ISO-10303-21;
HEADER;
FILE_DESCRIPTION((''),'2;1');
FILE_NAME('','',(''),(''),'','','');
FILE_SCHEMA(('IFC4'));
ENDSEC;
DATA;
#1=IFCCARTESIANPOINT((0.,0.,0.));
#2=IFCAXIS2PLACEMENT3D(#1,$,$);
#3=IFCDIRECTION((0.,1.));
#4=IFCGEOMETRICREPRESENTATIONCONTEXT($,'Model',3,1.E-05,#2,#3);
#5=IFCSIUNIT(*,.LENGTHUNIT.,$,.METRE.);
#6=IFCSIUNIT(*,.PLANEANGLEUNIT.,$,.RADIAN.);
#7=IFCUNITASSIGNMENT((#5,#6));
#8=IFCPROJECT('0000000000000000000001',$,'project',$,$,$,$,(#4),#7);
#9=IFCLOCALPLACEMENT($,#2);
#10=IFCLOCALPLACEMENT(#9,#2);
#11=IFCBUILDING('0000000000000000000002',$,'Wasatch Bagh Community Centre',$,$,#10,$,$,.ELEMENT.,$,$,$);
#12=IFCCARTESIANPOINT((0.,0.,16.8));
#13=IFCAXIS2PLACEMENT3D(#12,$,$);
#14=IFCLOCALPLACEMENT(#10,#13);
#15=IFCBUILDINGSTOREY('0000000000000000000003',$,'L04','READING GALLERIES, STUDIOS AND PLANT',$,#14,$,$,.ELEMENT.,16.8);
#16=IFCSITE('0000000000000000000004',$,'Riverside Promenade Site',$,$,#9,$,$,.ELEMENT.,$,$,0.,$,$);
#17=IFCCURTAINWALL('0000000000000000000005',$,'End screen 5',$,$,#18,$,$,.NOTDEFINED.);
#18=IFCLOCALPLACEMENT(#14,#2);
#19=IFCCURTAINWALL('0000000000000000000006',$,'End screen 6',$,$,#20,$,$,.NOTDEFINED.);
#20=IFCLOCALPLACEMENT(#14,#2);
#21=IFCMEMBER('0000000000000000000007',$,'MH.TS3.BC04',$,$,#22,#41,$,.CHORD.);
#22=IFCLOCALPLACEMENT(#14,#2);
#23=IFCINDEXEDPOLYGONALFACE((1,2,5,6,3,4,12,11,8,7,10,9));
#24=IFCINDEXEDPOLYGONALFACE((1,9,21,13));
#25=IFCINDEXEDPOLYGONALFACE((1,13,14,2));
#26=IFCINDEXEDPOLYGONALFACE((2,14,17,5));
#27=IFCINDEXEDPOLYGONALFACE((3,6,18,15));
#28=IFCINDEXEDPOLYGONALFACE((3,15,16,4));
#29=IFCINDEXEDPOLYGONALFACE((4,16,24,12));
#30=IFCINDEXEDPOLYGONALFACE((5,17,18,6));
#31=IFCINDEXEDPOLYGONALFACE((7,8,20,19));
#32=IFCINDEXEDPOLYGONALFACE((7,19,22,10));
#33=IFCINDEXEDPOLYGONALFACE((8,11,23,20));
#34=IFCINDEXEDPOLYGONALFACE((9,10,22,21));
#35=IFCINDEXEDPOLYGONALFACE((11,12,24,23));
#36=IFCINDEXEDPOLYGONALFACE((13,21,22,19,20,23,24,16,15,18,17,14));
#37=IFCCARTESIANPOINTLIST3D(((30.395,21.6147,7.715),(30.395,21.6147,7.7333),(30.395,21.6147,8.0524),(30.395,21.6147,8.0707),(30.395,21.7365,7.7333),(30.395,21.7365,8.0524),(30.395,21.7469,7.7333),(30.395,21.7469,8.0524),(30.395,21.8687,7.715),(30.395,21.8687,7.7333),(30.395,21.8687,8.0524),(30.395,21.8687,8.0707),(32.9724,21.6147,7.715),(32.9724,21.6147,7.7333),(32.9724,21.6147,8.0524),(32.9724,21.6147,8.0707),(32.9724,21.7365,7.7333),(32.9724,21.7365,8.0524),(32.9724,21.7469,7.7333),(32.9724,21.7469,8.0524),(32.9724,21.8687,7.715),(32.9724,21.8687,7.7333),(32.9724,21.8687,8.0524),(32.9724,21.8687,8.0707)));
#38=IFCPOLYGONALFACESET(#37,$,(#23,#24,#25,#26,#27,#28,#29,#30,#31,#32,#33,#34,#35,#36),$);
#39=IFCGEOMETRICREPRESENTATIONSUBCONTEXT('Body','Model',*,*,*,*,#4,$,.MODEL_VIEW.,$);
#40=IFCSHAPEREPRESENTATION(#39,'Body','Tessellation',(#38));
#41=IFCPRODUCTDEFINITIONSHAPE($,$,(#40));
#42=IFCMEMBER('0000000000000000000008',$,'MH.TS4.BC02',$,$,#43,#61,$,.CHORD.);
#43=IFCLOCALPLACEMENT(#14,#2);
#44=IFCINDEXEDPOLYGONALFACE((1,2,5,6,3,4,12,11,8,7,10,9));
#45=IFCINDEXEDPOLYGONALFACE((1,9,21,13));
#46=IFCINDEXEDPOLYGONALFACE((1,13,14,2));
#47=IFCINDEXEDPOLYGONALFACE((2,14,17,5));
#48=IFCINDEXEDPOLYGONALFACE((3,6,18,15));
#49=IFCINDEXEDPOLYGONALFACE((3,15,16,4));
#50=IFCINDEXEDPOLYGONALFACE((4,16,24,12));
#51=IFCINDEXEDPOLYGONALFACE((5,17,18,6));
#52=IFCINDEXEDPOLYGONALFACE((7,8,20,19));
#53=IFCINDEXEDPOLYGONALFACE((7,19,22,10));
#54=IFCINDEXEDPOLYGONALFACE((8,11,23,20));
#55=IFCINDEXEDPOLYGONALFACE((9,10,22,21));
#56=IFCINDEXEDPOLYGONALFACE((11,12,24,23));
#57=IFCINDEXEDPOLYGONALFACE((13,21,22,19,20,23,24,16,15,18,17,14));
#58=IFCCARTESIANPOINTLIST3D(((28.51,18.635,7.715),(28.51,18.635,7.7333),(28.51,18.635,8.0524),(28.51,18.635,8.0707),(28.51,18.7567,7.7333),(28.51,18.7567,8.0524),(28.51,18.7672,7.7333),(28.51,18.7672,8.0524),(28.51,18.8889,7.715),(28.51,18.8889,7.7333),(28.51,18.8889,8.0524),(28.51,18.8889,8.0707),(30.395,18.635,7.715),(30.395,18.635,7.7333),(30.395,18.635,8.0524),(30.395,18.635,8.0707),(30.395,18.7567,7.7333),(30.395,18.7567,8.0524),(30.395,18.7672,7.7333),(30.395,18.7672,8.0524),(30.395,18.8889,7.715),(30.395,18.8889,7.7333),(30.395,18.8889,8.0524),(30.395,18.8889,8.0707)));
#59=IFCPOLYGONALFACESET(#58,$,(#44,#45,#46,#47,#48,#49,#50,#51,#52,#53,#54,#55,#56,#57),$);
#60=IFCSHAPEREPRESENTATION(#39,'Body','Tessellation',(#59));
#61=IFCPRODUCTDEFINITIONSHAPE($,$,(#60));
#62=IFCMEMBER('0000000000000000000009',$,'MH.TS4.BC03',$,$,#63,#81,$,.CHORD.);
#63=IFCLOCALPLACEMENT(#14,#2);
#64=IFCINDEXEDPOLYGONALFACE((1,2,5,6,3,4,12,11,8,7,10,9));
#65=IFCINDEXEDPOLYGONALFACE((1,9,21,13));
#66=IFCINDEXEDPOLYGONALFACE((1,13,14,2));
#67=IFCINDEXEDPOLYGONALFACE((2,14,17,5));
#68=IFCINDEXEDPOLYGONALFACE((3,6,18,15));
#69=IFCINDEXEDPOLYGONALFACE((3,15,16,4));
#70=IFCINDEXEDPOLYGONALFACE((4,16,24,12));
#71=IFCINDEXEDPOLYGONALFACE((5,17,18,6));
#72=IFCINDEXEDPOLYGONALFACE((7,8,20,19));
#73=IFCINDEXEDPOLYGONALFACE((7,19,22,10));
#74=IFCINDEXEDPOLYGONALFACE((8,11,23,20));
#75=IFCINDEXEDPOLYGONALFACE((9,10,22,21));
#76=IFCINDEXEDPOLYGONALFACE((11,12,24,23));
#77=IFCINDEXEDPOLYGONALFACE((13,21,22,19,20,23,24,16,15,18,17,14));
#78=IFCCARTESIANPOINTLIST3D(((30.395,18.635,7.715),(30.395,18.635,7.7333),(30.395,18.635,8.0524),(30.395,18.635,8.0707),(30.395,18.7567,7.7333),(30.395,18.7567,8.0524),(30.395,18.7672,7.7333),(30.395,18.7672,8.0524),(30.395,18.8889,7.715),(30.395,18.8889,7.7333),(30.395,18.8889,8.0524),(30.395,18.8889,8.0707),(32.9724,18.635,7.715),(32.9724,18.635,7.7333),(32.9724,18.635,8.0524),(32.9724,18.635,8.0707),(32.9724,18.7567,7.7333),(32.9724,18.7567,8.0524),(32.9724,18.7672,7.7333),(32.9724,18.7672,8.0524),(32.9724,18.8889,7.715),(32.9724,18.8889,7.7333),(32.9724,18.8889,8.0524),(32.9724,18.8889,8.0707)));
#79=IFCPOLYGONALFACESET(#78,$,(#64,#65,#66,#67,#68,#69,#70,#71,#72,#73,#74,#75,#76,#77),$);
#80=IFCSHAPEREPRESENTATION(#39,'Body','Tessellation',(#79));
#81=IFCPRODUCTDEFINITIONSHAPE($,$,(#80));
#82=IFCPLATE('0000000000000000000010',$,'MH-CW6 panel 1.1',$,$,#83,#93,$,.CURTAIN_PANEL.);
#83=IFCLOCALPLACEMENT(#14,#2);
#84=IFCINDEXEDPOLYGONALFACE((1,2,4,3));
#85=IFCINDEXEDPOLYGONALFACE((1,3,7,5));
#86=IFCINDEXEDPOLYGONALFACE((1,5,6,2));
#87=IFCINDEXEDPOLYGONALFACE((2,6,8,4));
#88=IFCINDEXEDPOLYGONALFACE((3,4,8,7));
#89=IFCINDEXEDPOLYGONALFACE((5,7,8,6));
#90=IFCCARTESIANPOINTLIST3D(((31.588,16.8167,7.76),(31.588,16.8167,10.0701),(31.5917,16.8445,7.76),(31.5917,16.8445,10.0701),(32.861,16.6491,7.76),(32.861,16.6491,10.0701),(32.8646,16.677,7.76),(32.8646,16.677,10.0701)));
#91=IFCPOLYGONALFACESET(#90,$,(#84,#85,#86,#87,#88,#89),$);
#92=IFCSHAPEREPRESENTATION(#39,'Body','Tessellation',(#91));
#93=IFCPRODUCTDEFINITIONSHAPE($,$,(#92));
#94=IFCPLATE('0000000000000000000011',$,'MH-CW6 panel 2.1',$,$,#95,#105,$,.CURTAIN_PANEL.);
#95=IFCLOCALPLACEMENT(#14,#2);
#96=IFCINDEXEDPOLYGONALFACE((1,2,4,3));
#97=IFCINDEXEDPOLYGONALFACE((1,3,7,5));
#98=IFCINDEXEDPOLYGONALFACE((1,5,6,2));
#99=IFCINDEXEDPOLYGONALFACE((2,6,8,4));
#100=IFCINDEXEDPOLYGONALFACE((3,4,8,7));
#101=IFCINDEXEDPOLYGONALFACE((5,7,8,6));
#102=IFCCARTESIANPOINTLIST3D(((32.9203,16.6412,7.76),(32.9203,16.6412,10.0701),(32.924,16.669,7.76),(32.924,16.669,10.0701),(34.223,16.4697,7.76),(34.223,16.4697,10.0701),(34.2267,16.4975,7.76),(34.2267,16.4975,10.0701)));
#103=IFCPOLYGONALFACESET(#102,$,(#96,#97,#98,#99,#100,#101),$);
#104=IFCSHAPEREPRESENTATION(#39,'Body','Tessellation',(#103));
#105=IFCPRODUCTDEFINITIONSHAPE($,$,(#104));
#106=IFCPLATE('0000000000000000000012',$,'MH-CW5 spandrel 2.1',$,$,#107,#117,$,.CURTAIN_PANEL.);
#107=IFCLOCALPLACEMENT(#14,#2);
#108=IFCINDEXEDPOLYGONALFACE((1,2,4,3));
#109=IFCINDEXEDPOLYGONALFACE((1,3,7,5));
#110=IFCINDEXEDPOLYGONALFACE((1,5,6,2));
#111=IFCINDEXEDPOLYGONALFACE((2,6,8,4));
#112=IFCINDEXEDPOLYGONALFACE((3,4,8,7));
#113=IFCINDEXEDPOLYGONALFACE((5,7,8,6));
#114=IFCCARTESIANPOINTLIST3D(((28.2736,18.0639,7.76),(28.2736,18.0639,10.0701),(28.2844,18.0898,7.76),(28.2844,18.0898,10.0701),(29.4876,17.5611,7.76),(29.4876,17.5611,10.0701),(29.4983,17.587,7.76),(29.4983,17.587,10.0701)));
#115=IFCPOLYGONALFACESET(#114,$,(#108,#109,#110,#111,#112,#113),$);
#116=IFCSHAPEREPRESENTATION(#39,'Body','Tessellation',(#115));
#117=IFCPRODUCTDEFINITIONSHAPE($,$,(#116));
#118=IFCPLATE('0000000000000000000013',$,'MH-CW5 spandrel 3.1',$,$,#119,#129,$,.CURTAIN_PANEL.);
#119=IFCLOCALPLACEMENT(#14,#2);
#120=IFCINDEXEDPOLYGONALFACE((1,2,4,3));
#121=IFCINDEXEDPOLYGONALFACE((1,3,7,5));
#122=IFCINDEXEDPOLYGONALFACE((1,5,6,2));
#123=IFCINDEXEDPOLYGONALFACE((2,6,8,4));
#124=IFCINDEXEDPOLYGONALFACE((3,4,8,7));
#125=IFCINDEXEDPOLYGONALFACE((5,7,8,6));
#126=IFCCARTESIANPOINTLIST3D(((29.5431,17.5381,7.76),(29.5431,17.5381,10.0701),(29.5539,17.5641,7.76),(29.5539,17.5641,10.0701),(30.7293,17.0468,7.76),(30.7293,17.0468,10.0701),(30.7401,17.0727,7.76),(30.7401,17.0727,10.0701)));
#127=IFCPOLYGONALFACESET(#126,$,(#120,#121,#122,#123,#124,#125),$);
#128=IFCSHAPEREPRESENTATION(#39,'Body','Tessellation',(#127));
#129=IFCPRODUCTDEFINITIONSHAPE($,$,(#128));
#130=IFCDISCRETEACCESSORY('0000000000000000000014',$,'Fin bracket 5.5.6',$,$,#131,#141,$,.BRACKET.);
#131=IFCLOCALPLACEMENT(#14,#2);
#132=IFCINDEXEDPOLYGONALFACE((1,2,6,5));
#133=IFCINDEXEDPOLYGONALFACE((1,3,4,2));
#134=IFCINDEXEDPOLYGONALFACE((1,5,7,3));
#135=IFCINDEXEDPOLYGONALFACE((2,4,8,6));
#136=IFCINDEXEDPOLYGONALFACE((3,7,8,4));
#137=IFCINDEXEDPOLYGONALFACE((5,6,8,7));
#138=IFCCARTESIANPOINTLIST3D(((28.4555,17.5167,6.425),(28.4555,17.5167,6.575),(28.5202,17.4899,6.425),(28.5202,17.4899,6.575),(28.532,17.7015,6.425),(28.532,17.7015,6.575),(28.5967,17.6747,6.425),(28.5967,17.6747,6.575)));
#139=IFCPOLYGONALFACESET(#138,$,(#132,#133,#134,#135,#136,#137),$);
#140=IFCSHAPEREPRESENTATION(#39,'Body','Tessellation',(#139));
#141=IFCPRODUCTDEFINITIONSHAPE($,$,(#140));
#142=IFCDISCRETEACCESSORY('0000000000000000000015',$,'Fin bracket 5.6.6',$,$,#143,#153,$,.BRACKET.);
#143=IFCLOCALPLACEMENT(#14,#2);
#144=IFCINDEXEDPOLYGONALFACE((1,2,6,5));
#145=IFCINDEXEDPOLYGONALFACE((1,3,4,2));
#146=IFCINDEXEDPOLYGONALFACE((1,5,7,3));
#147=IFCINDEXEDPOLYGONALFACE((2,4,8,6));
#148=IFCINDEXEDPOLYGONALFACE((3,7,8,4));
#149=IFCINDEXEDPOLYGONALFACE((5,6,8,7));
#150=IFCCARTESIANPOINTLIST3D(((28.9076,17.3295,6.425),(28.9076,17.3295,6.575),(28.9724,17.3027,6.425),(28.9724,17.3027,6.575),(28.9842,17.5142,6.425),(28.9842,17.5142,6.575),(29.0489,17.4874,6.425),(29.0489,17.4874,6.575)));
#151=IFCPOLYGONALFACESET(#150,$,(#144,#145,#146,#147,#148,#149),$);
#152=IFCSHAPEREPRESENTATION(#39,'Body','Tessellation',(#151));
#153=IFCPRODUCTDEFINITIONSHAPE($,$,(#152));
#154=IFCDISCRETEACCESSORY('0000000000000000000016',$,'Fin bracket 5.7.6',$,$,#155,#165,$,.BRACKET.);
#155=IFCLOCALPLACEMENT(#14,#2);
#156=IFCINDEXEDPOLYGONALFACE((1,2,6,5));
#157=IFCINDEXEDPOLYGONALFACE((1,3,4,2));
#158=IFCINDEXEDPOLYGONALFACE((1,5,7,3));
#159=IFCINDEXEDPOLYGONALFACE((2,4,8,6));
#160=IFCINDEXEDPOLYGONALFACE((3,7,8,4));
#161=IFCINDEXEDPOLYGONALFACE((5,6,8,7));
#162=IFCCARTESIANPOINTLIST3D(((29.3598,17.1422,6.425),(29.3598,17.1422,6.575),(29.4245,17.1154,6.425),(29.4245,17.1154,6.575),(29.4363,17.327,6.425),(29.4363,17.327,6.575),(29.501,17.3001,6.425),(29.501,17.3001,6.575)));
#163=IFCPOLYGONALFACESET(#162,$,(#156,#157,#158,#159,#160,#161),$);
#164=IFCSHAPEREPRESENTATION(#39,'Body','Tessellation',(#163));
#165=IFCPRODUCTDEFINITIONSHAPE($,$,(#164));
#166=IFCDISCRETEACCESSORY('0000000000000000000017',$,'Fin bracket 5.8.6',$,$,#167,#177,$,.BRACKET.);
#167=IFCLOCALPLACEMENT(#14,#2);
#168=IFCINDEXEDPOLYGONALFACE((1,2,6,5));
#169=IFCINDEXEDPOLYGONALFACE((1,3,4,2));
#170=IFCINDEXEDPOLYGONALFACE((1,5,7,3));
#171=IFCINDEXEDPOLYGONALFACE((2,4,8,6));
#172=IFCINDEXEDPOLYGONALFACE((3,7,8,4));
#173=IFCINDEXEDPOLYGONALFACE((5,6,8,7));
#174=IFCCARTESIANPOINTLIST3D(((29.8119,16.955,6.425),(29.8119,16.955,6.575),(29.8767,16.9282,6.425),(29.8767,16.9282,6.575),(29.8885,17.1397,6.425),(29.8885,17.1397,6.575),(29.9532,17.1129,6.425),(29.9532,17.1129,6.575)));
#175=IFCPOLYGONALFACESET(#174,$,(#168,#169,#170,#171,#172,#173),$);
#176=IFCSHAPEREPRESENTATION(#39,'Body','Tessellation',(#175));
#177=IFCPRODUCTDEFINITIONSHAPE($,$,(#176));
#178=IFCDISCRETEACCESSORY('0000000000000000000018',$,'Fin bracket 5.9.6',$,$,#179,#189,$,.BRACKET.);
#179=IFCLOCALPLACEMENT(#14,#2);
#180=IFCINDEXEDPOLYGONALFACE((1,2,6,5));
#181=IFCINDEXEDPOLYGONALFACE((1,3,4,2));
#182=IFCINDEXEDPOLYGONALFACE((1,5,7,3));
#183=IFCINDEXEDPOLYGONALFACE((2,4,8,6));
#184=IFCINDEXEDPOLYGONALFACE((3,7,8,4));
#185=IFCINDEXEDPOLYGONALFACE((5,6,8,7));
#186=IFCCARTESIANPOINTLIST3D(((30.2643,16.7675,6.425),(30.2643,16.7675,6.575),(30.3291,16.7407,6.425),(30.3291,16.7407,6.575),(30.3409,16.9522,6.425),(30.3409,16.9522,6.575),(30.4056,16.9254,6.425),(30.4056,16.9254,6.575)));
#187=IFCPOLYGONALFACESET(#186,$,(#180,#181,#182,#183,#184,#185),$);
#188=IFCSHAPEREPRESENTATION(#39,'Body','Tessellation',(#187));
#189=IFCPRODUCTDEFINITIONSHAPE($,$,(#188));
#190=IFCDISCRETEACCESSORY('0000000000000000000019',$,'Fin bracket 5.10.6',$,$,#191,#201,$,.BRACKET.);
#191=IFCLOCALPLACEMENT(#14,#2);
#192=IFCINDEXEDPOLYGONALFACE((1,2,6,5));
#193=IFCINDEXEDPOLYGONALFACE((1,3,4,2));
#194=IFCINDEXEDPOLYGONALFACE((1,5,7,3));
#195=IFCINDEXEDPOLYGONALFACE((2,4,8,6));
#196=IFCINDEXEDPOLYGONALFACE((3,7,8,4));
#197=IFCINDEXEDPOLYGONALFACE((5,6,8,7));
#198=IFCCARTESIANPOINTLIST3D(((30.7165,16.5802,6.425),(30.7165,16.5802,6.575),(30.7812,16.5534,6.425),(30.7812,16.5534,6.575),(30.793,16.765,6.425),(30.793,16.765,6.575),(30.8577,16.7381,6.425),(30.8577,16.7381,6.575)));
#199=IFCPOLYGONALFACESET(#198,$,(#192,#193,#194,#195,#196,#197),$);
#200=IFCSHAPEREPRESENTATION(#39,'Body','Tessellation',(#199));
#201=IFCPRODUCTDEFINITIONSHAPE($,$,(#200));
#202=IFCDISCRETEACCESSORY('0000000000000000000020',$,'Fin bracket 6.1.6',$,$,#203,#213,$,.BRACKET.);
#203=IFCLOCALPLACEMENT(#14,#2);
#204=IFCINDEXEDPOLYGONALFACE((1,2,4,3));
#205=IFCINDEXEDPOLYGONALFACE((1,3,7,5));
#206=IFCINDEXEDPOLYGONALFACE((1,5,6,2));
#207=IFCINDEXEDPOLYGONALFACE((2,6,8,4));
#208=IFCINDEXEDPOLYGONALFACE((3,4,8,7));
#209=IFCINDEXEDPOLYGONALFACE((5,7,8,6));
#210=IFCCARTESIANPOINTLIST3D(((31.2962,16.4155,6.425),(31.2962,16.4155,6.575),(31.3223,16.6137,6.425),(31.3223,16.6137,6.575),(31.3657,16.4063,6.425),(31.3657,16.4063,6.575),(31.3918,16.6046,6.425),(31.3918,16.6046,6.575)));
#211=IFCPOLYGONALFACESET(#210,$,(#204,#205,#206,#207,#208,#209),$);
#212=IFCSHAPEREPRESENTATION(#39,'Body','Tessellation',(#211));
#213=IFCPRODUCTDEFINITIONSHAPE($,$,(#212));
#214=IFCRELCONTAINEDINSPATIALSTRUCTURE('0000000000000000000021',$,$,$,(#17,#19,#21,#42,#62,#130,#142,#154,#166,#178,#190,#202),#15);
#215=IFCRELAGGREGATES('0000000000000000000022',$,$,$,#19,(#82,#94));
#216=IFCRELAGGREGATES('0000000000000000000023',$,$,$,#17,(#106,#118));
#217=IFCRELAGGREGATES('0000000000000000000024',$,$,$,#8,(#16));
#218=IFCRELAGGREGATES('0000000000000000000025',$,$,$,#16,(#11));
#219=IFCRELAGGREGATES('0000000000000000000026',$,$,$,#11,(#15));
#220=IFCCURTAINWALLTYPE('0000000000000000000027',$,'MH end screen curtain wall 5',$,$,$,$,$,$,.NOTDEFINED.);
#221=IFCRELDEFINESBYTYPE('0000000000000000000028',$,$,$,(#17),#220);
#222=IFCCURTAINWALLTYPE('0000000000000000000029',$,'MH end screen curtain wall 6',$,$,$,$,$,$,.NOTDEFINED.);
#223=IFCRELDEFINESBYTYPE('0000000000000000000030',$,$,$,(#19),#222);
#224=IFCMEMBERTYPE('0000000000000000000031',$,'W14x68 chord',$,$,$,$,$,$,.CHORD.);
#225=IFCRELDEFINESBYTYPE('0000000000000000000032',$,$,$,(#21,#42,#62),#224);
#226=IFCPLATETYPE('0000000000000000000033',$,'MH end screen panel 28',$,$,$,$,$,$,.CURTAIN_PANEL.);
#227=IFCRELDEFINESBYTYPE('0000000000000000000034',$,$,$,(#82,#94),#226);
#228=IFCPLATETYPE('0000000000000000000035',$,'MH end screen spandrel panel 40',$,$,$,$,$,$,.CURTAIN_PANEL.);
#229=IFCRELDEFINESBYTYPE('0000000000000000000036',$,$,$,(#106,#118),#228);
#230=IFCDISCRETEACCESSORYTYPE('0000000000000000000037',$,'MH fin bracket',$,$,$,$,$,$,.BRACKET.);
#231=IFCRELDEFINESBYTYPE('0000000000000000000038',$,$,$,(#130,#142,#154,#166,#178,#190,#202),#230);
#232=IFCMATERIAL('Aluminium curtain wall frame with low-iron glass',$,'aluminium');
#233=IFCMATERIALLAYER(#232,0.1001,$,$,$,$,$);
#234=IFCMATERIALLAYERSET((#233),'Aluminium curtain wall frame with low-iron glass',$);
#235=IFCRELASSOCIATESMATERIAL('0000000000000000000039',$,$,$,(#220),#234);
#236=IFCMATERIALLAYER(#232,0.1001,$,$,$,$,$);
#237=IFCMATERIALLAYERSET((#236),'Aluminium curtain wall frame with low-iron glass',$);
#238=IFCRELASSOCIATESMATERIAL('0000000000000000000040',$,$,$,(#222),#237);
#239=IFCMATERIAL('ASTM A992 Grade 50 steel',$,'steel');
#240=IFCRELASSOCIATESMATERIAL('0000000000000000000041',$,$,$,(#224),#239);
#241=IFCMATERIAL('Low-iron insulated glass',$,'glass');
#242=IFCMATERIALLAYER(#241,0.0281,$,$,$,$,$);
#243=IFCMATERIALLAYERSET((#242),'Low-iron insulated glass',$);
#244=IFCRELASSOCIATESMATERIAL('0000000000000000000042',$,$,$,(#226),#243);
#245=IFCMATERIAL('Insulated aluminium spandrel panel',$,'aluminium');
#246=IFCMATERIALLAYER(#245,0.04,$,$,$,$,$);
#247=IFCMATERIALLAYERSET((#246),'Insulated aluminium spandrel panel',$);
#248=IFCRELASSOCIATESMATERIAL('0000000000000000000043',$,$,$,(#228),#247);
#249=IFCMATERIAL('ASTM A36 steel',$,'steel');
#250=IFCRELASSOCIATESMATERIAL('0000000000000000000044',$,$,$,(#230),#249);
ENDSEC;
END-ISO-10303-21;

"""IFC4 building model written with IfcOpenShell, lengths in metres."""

from ifc_helpers import new_model, si_unit, direction, frame, origin, origin_2d, place, context, subcontext, project, spatial, rectangle, i_section, extrude, material, layer, layer_set, material_profile, profile_set, type_object, element, aggregate, save


model = new_model("IFC4")

# Units and contexts
model_context = context("Model", 3, precision=1e-05, world=origin(), true_north=direction((0.0, 1.0)))
body_context = subcontext(model_context, "Body", "Model", "MODEL_VIEW")
ifc_project = project(units=[si_unit("LENGTHUNIT", "METRE"), si_unit("PLANEANGLEUNIT", "RADIAN")], contexts=[model_context])

# Site, building, storey
site_placement = place(None, origin())
site = spatial("IfcSite", under=ifc_project, at=site_placement, Name="Riverside Promenade Site", CompositionType="ELEMENT", RefElevation=0.0)
building_placement = place(site_placement, origin())
building = spatial("IfcBuilding", under=site, at=building_placement, Name="Wasatch Bagh Community Centre", CompositionType="ELEMENT")
storey_placement = place(building_placement, frame((0.0, 0.0, 16.8)))
storey = spatial("IfcBuildingStorey", under=building, at=storey_placement, Name="L04", Description="READING GALLERIES, STUDIOS AND PLANT", CompositionType="ELEMENT", Elevation=16.8)

# Curtain walls
ifc_material_1 = material(Name="Aluminium curtain wall frame with low-iron glass", Category="aluminium")
ifc_layer_1 = layer(ifc_material_1, 0.1001)
ifc_layer_set_1 = layer_set([ifc_layer_1], Name="Aluminium curtain wall frame with low-iron glass")
curtain_wall_type_1 = type_object("IfcCurtainWallType", Name="MH end screen curtain wall 5", PredefinedType="NOTDEFINED", material=ifc_layer_set_1)
curtain_wall_1_placement = place(storey_placement, origin())
curtain_wall_1 = element("IfcCurtainWall", 1, at=curtain_wall_1_placement, inside=storey, type_object=curtain_wall_type_1, Name="End screen 5", PredefinedType="NOTDEFINED")
ifc_layer_2 = layer(ifc_material_1, 0.1001)
ifc_layer_set_2 = layer_set([ifc_layer_2], Name="Aluminium curtain wall frame with low-iron glass")
curtain_wall_type_2 = type_object("IfcCurtainWallType", Name="MH end screen curtain wall 6", PredefinedType="NOTDEFINED", material=ifc_layer_set_2)
curtain_wall_2_placement = place(storey_placement, origin())
curtain_wall_2 = element("IfcCurtainWall", 2, at=curtain_wall_2_placement, inside=storey, type_object=curtain_wall_type_2, Name="End screen 6", PredefinedType="NOTDEFINED")

# Members
ifc_material_2 = material(Name="ASTM A992 Grade 50 steel", Category="steel")
ifc_material_profile_1 = material_profile(ifc_material_2, i_section(OverallWidth=0.2539, OverallDepth=0.3557, WebThickness=0.0105, FlangeThickness=0.0183, at=origin_2d()), Name="W14x68")
ifc_profile_set_1 = profile_set([ifc_material_profile_1], Name="ASTM A992 Grade 50 steel")
member_type_1 = type_object("IfcMemberType", Name="W14x68 chord", PredefinedType="CHORD", material=ifc_profile_set_1)
member_1_placement = place(storey_placement, frame((30.395, 21.7417, 7.8928), z_axis=(1.0, 0.0, 0.0), x_axis=(0.0, 1.0, 0.0)))
element("IfcMember", 3, at=member_1_placement, inside=storey, type_object=member_type_1, Name="MH.TS3.BC04", PredefinedType="CHORD", context=body_context, shape_type="SweptSolid", body=[
    extrude(i_section(OverallWidth=0.2539, OverallDepth=0.3557, WebThickness=0.0105, FlangeThickness=0.0183, at=origin_2d()), origin(), (0.0, 0.0, 1.0), 2.5774),
])
member_2_placement = place(storey_placement, frame((28.51, 18.762, 7.8928), z_axis=(1.0, 0.0, 0.0), x_axis=(0.0, 1.0, 0.0)))
element("IfcMember", 4, at=member_2_placement, inside=storey, type_object=member_type_1, Name="MH.TS4.BC02", PredefinedType="CHORD", context=body_context, shape_type="SweptSolid", body=[
    extrude(i_section(OverallWidth=0.2539, OverallDepth=0.3557, WebThickness=0.0105, FlangeThickness=0.0183, at=origin_2d()), origin(), (0.0, 0.0, 1.0), 1.885),
])
member_3_placement = place(storey_placement, frame((30.395, 18.762, 7.8928), z_axis=(1.0, 0.0, 0.0), x_axis=(0.0, 1.0, 0.0)))
element("IfcMember", 5, at=member_3_placement, inside=storey, type_object=member_type_1, Name="MH.TS4.BC03", PredefinedType="CHORD", context=body_context, shape_type="SweptSolid", body=[
    extrude(i_section(OverallWidth=0.2539, OverallDepth=0.3557, WebThickness=0.0105, FlangeThickness=0.0183, at=origin_2d()), origin(), (0.0, 0.0, 1.0), 2.5774),
])

# Plates
ifc_material_3 = material(Name="Low-iron insulated glass", Category="glass")
ifc_layer_3 = layer(ifc_material_3, 0.0281)
ifc_layer_set_3 = layer_set([ifc_layer_3], Name="Low-iron insulated glass")
plate_type_1 = type_object("IfcPlateType", Name="MH end screen panel 28", PredefinedType="CURTAIN_PANEL", material=ifc_layer_set_3)
plate_1_placement = place(storey_placement, frame((32.2263, 16.7468, 7.76), z_axis=(0.0, 0.0, 1.0), x_axis=(0.991445, -0.130526, 0.0)))
plate_1 = element("IfcPlate", 6, at=plate_1_placement, type_object=plate_type_1, Name="MH-CW6 panel 1.1", PredefinedType="CURTAIN_PANEL", context=body_context, shape_type="SweptSolid", body=[
    extrude(rectangle(XDim=1.2839, YDim=0.0281, at=origin_2d()), origin(), (0.0, 0.0, 1.0), 2.3101),
])
plate_2_placement = place(storey_placement, frame((33.5735, 16.5693, 7.76), z_axis=(0.0, 0.0, 1.0), x_axis=(0.991445, -0.130526, 0.0)))
plate_2 = element("IfcPlate", 7, at=plate_2_placement, type_object=plate_type_1, Name="MH-CW6 panel 2.1", PredefinedType="CURTAIN_PANEL", context=body_context, shape_type="SweptSolid", body=[
    extrude(rectangle(XDim=1.314, YDim=0.0281, at=origin_2d()), origin(), (0.0, 0.0, 1.0), 2.3101),
])
aggregate(curtain_wall_2, [plate_1, plate_2])
ifc_material_4 = material(Name="Insulated aluminium spandrel panel", Category="aluminium")
ifc_layer_4 = layer(ifc_material_4, 0.04)
ifc_layer_set_4 = layer_set([ifc_layer_4], Name="Insulated aluminium spandrel panel")
plate_type_2 = type_object("IfcPlateType", Name="MH end screen spandrel panel 40", PredefinedType="CURTAIN_PANEL", material=ifc_layer_set_4)
plate_3_placement = place(storey_placement, frame((28.886, 17.8254, 7.76), z_axis=(0.0, 0.0, 1.0), x_axis=(0.92388, -0.382683, 0.0)))
plate_3 = element("IfcPlate", 8, at=plate_3_placement, type_object=plate_type_2, Name="MH-CW5 spandrel 2.1", PredefinedType="CURTAIN_PANEL", context=body_context, shape_type="SweptSolid", body=[
    extrude(rectangle(XDim=1.314, YDim=0.0281, at=origin_2d()), origin(), (0.0, 0.0, 1.0), 2.3101),
])
plate_4_placement = place(storey_placement, frame((30.1416, 17.3054, 7.76), z_axis=(0.0, 0.0, 1.0), x_axis=(0.92388, -0.382683, 0.0)))
plate_4 = element("IfcPlate", 9, at=plate_4_placement, type_object=plate_type_2, Name="MH-CW5 spandrel 3.1", PredefinedType="CURTAIN_PANEL", context=body_context, shape_type="SweptSolid", body=[
    extrude(rectangle(XDim=1.2839, YDim=0.0281, at=origin_2d()), origin(), (0.0, 0.0, 1.0), 2.3101),
])
aggregate(curtain_wall_1, [plate_3, plate_4])

# Discrete accessories
ifc_material_5 = material(Name="ASTM A36 steel", Category="steel")
discrete_accessory_type = type_object("IfcDiscreteAccessoryType", Name="MH fin bracket", PredefinedType="BRACKET", material=ifc_material_5)
for number, where, z_axis, x_axis, name in (
    (10, (28.5261, 17.5957, 6.425), (0.0, 0.0, 1.0), (0.92388, -0.382683, 0.0), "Fin bracket 5.5.6"),
    (11, (28.9783, 17.4084, 6.425), (0.0, 0.0, 1.0), (0.92388, -0.382683, 0.0), "Fin bracket 5.6.6"),
    (12, (29.4304, 17.2212, 6.425), (0.0, 0.0, 1.0), (0.92388, -0.382683, 0.0), "Fin bracket 5.7.6"),
    (13, (29.8826, 17.0339, 6.425), (0.0, 0.0, 1.0), (0.92388, -0.382683, 0.0), "Fin bracket 5.8.6"),
    (14, (30.335, 16.8464, 6.425), (0.0, 0.0, 1.0), (0.92388, -0.382683, 0.0), "Fin bracket 5.9.6"),
    (15, (30.7871, 16.6592, 6.425), (0.0, 0.0, 1.0), (0.92388, -0.382683, 0.0), "Fin bracket 5.10.6"),
    (16, (31.344, 16.51, 6.425), (0.0, 0.0, 1.0), (0.991445, -0.130526, 0.0), "Fin bracket 6.1.6"),
):
    element("IfcDiscreteAccessory", number, at=place(storey_placement, frame(where, z_axis=z_axis, x_axis=x_axis)), inside=storey, type_object=discrete_accessory_type, Name=name, PredefinedType="BRACKET", context=body_context, shape_type="SweptSolid", body=[
        extrude(rectangle(XDim=0.0701, YDim=0.2, at=origin_2d()), origin(), (0.0, 0.0, 1.0), 0.1499),
    ])

save(model, "model.ifc")
